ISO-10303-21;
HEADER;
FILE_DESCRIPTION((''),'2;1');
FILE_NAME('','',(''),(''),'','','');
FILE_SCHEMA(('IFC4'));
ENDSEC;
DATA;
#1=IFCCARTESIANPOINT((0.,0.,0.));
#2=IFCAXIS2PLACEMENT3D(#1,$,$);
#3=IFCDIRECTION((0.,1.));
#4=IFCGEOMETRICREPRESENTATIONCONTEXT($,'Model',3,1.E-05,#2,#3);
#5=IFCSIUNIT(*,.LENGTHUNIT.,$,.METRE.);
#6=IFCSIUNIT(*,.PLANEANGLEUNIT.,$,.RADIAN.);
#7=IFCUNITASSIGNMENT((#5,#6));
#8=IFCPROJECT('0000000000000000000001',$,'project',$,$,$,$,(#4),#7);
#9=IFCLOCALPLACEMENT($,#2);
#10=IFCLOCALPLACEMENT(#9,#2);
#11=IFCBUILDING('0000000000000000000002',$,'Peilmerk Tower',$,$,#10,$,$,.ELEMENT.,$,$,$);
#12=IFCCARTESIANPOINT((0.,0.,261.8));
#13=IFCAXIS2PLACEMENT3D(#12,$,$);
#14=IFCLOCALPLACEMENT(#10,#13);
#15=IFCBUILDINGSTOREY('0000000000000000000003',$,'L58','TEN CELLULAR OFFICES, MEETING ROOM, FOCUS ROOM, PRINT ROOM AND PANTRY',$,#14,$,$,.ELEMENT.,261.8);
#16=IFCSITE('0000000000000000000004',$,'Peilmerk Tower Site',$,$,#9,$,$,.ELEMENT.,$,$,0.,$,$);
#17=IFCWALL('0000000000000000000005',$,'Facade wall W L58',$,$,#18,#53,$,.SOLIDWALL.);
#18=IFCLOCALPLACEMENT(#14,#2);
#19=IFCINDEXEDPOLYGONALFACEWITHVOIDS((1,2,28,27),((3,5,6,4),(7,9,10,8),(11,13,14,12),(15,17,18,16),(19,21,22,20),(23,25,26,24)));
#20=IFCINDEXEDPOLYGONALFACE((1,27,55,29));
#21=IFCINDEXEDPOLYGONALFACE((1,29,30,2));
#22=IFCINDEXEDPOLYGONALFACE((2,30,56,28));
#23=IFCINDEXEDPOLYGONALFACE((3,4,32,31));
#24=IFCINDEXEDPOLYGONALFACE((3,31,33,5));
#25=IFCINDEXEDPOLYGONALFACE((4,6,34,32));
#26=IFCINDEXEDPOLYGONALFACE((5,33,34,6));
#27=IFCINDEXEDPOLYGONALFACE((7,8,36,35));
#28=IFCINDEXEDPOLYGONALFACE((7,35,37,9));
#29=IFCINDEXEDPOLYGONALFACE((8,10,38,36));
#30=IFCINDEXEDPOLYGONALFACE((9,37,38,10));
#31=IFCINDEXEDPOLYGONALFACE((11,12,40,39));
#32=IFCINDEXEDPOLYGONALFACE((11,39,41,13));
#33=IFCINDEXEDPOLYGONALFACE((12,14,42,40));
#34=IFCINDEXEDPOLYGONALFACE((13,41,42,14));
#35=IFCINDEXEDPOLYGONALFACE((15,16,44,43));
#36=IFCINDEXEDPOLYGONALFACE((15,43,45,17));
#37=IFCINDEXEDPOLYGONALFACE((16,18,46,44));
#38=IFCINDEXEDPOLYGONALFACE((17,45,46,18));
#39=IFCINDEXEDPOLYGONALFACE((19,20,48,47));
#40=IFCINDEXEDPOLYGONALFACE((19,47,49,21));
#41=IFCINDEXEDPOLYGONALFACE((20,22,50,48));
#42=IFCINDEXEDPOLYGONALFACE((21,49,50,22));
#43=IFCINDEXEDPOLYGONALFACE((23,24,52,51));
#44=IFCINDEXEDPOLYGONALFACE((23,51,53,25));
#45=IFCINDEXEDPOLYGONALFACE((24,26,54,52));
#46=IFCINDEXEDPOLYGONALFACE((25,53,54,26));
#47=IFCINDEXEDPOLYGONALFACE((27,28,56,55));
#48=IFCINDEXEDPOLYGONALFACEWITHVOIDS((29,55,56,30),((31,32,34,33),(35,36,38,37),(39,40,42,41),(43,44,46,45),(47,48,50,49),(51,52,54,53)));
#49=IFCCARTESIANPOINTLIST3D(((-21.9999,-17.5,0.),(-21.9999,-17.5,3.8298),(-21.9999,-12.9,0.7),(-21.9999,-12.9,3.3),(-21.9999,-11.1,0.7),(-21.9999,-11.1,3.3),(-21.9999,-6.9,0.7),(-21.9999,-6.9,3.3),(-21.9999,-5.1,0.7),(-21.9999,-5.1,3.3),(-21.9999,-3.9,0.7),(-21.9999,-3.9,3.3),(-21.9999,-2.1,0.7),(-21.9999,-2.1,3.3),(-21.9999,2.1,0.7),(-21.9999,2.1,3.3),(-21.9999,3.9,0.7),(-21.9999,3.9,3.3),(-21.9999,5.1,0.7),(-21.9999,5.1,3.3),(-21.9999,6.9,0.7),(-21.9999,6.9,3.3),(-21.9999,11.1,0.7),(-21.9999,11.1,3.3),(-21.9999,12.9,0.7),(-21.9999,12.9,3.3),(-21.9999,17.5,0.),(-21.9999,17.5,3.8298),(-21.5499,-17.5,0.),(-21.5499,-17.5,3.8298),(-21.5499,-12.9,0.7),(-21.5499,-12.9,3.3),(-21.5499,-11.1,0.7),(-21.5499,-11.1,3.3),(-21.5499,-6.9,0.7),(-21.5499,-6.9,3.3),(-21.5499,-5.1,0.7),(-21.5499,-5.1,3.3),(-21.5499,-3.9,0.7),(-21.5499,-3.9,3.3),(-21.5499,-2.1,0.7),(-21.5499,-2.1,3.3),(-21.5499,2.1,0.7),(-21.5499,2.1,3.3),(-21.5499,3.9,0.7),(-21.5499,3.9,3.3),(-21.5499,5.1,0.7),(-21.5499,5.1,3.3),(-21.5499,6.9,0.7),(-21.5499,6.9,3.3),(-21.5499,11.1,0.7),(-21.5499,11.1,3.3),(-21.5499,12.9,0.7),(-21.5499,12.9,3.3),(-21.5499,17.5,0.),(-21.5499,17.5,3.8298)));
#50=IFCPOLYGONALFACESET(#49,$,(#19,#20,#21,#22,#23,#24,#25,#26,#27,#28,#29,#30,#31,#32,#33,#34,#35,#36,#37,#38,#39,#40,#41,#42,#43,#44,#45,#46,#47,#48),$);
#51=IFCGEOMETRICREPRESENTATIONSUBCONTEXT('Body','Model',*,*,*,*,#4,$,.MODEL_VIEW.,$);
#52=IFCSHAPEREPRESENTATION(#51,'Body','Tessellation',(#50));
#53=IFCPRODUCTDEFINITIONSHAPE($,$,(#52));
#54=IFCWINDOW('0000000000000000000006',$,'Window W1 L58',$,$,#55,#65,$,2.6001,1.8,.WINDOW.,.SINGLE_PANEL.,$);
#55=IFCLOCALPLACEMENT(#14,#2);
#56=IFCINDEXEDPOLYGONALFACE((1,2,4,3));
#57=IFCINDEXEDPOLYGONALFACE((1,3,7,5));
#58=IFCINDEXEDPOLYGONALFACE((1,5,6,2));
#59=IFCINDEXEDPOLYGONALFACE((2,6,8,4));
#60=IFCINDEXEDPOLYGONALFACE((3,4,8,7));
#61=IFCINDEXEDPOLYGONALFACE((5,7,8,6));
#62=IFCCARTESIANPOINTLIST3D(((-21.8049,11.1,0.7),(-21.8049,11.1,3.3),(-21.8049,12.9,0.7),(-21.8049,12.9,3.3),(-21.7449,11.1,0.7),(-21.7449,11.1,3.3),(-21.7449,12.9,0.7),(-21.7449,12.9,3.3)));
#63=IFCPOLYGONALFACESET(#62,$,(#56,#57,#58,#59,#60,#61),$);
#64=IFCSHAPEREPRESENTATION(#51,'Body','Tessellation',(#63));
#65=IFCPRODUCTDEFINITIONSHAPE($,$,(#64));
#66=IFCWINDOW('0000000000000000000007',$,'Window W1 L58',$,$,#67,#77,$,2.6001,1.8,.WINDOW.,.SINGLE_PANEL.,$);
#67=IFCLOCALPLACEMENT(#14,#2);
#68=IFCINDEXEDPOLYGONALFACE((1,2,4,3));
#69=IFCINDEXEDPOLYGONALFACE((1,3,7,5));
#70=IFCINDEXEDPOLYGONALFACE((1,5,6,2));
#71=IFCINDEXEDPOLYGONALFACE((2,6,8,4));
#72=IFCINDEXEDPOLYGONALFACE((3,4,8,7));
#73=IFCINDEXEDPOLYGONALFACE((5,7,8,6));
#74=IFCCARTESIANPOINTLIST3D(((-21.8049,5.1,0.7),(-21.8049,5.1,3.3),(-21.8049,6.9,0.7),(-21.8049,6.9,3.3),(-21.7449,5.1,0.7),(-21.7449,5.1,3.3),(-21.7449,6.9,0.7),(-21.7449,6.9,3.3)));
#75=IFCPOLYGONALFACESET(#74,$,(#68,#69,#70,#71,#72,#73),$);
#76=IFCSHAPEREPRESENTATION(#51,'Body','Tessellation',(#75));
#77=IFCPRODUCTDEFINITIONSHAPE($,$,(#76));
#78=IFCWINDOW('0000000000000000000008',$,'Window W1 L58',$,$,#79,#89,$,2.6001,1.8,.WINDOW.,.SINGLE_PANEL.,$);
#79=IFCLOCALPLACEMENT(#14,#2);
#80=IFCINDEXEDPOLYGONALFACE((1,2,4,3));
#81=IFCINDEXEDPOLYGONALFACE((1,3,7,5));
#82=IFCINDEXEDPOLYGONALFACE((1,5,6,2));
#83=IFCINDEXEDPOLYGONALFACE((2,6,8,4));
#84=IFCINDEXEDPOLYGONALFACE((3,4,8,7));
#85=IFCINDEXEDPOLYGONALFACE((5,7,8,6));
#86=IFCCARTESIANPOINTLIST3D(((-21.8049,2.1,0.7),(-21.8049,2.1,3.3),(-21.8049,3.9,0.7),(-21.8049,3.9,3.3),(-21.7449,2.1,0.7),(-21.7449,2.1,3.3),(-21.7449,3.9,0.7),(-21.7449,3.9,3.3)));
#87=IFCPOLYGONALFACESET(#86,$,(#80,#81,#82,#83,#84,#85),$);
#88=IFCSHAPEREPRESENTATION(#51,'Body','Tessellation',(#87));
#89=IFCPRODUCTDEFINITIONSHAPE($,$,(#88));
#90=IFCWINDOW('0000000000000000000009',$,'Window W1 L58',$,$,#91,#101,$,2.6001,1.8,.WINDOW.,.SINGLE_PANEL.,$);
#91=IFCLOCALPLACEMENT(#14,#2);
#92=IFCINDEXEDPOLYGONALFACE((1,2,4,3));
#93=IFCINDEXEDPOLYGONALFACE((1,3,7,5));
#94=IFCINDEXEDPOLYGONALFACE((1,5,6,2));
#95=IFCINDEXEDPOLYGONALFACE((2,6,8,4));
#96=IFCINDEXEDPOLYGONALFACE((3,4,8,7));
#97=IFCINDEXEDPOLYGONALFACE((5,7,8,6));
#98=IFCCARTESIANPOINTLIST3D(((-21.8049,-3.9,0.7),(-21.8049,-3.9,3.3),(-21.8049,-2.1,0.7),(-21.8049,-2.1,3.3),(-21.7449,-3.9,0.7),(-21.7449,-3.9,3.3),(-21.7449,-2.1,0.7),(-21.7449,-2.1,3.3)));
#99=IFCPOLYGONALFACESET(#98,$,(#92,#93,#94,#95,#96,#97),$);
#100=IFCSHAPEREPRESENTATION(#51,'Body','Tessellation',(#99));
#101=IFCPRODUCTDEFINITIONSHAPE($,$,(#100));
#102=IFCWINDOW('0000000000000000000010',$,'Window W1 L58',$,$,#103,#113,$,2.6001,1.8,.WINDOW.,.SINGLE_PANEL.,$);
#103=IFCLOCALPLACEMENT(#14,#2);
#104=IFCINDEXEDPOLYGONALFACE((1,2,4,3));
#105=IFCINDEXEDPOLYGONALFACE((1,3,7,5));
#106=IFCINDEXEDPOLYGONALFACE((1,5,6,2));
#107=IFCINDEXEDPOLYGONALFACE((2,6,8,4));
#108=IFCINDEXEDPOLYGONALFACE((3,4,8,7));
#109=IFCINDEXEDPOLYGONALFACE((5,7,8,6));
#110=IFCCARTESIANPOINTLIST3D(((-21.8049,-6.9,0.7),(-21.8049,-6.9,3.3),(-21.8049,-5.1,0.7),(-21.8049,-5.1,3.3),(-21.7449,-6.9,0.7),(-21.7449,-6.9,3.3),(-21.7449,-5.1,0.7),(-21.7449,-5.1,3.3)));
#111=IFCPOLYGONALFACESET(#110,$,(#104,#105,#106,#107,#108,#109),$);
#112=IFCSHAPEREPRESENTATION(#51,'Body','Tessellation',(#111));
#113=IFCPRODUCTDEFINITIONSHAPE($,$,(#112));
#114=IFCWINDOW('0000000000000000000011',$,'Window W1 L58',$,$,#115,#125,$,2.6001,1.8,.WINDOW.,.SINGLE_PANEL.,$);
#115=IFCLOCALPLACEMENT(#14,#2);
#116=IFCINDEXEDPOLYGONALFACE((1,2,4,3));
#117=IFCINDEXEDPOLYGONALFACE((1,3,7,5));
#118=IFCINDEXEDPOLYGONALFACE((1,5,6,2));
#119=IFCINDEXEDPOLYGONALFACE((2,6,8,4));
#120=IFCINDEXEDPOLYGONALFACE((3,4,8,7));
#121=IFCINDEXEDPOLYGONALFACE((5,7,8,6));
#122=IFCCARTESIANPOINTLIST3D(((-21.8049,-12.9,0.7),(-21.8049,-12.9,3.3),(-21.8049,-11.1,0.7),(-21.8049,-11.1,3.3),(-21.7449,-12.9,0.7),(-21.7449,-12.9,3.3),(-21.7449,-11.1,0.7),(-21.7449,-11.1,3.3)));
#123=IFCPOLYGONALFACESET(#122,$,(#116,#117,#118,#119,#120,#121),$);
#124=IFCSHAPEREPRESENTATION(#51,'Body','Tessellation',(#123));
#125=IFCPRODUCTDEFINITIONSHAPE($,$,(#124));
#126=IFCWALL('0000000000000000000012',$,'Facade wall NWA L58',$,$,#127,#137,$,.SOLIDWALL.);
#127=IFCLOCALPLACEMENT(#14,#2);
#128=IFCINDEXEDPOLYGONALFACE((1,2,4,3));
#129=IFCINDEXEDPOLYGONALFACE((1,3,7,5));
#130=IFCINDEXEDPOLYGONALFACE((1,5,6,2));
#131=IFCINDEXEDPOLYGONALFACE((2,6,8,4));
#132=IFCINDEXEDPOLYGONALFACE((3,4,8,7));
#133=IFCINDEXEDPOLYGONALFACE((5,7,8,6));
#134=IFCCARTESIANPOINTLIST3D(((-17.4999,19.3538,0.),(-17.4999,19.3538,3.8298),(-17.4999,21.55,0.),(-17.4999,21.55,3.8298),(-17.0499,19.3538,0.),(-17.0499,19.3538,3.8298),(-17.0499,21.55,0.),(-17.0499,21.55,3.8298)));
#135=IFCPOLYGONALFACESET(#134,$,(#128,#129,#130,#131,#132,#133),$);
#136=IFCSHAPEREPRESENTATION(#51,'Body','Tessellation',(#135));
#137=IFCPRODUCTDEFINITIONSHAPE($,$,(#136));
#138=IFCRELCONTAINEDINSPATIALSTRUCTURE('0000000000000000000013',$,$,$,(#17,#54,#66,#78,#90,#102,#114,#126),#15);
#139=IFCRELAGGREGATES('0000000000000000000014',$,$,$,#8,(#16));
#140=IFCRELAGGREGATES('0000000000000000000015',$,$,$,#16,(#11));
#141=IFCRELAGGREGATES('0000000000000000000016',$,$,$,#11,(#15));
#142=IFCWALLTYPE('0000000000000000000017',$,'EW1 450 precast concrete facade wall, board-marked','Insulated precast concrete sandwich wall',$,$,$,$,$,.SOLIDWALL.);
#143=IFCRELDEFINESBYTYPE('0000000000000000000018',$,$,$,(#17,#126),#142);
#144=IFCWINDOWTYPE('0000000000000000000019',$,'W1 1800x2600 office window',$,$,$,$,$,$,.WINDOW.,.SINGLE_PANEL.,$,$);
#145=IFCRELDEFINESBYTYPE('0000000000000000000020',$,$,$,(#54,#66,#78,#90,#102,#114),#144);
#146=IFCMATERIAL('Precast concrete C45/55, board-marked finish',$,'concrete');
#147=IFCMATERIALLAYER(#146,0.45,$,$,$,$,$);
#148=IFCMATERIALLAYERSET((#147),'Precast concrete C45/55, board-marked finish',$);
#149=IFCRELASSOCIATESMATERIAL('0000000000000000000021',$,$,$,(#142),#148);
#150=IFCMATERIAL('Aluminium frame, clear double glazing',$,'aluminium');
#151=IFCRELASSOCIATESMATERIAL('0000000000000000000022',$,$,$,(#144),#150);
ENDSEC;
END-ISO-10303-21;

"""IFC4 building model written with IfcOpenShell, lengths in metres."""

from ifc_helpers import new_model, si_unit, direction, frame, frame_2d, origin, place, context, subcontext, project, spatial, rectangle, extrude, material, layer, layer_set, type_object, element, fill, save


model = new_model("IFC4")

# Units and contexts
model_context = context("Model", 3, precision=1e-05, world=origin(), true_north=direction((0.0, 1.0)))
body_context = subcontext(model_context, "Body", "Model", "MODEL_VIEW")
ifc_project = project(units=[si_unit("LENGTHUNIT", "METRE"), si_unit("PLANEANGLEUNIT", "RADIAN")], contexts=[model_context])

# Site, building, storey
site_placement = place(None, origin())
site = spatial("IfcSite", under=ifc_project, at=site_placement, Name="Peilmerk Tower Site", CompositionType="ELEMENT", RefElevation=0.0)
building_placement = place(site_placement, origin())
building = spatial("IfcBuilding", under=site, at=building_placement, Name="Peilmerk Tower", CompositionType="ELEMENT")
storey_placement = place(building_placement, frame((0.0, 0.0, 261.8)))
storey = spatial("IfcBuildingStorey", under=building, at=storey_placement, Name="L58", Description="TEN CELLULAR OFFICES, MEETING ROOM, FOCUS ROOM, PRINT ROOM AND PANTRY", CompositionType="ELEMENT", Elevation=261.8)

# Wall, openings, windows
ifc_material_1 = material(Name="Precast concrete C45/55, board-marked finish", Category="concrete")
ifc_layer_1 = layer(ifc_material_1, 0.45)
ifc_layer_set_1 = layer_set([ifc_layer_1], Name="Precast concrete C45/55, board-marked finish")
wall_type = type_object("IfcWallType", Name="EW1 450 precast concrete facade wall, board-marked", Description="Insulated precast concrete sandwich wall", PredefinedType="SOLIDWALL", material=ifc_layer_set_1)
wall_1_placement = place(storey_placement, frame((-21.7749, 17.5, 0.0), z_axis=(0.0, 0.0, 1.0), x_axis=(0.0, -1.0, 0.0)))
wall_1 = element("IfcWall", 1, at=wall_1_placement, inside=storey, type_object=wall_type, Name="Facade wall W L58", PredefinedType="SOLIDWALL", context=body_context, shape_type="SweptSolid", body=[
    extrude(rectangle(XDim=35.0, YDim=0.45, at=frame_2d((17.5, 0.0))), origin(), (0.0, 0.0, 1.0), 3.8298),
])
opening_1_placement = place(wall_1_placement, frame((4.6001, 0.0, 0.7)))
opening_1 = element("IfcOpeningElement", 2, at=opening_1_placement, cuts=wall_1, PredefinedType="OPENING", context=body_context, shape_type="SweptSolid", body=[
    extrude(rectangle(XDim=1.8, YDim=2.6001, at=frame_2d((0.8999, 1.3))), frame((0.0, 0.2349, 0.0), z_axis=(0.0, -1.0, 0.0), x_axis=(1.0, 0.0, 0.0)), (0.0, 0.0, 1.0), 0.47),
])
opening_2_placement = place(wall_1_placement, frame((10.6001, 0.0, 0.7)))
opening_2 = element("IfcOpeningElement", 3, at=opening_2_placement, cuts=wall_1, PredefinedType="OPENING", context=body_context, shape_type="SweptSolid", body=[
    extrude(rectangle(XDim=1.8, YDim=2.6001, at=frame_2d((0.8999, 1.3))), frame((0.0, 0.2349, 0.0), z_axis=(0.0, -1.0, 0.0), x_axis=(1.0, 0.0, 0.0)), (0.0, 0.0, 1.0), 0.47),
])
opening_3_placement = place(wall_1_placement, frame((13.6001, 0.0, 0.7)))
opening_3 = element("IfcOpeningElement", 4, at=opening_3_placement, cuts=wall_1, PredefinedType="OPENING", context=body_context, shape_type="SweptSolid", body=[
    extrude(rectangle(XDim=1.8, YDim=2.6001, at=frame_2d((0.8999, 1.3))), frame((0.0, 0.2349, 0.0), z_axis=(0.0, -1.0, 0.0), x_axis=(1.0, 0.0, 0.0)), (0.0, 0.0, 1.0), 0.47),
])
opening_4_placement = place(wall_1_placement, frame((19.6001, 0.0, 0.7)))
opening_4 = element("IfcOpeningElement", 5, at=opening_4_placement, cuts=wall_1, PredefinedType="OPENING", context=body_context, shape_type="SweptSolid", body=[
    extrude(rectangle(XDim=1.8, YDim=2.6001, at=frame_2d((0.8999, 1.3))), frame((0.0, 0.2349, 0.0), z_axis=(0.0, -1.0, 0.0), x_axis=(1.0, 0.0, 0.0)), (0.0, 0.0, 1.0), 0.47),
])
opening_5_placement = place(wall_1_placement, frame((22.6001, 0.0, 0.7)))
opening_5 = element("IfcOpeningElement", 6, at=opening_5_placement, cuts=wall_1, PredefinedType="OPENING", context=body_context, shape_type="SweptSolid", body=[
    extrude(rectangle(XDim=1.8, YDim=2.6001, at=frame_2d((0.8999, 1.3))), frame((0.0, 0.2349, 0.0), z_axis=(0.0, -1.0, 0.0), x_axis=(1.0, 0.0, 0.0)), (0.0, 0.0, 1.0), 0.47),
])
opening_6_placement = place(wall_1_placement, frame((28.6001, 0.0, 0.7)))
opening_6 = element("IfcOpeningElement", 7, at=opening_6_placement, cuts=wall_1, PredefinedType="OPENING", context=body_context, shape_type="SweptSolid", body=[
    extrude(rectangle(XDim=1.8, YDim=2.6001, at=frame_2d((0.8999, 1.3))), frame((0.0, 0.2349, 0.0), z_axis=(0.0, -1.0, 0.0), x_axis=(1.0, 0.0, 0.0)), (0.0, 0.0, 1.0), 0.47),
])
ifc_material_2 = material(Name="Aluminium frame, clear double glazing", Category="aluminium")
window_type = type_object("IfcWindowType", Name="W1 1800x2600 office window", PartitioningType="SINGLE_PANEL", PredefinedType="WINDOW", material=ifc_material_2)
window_1_placement = place(opening_1_placement, origin())
window_1 = element("IfcWindow", 8, at=window_1_placement, inside=storey, type_object=window_type, Name="Window W1 L58", OverallHeight=2.6001, OverallWidth=1.8, PartitioningType="SINGLE_PANEL", PredefinedType="WINDOW", context=body_context, shape_type="SweptSolid", body=[
    extrude(rectangle(XDim=1.8, YDim=2.6001, at=frame_2d((0.8999, 1.3))), frame((0.0, 0.03, 0.0), z_axis=(0.0, -1.0, 0.0), x_axis=(1.0, 0.0, 0.0)), (0.0, 0.0, 1.0), 0.0601),
])
fill(opening_1, window_1)
window_2_placement = place(opening_2_placement, origin())
window_2 = element("IfcWindow", 9, at=window_2_placement, inside=storey, type_object=window_type, Name="Window W1 L58", OverallHeight=2.6001, OverallWidth=1.8, PartitioningType="SINGLE_PANEL", PredefinedType="WINDOW", context=body_context, shape_type="SweptSolid", body=[
    extrude(rectangle(XDim=1.8, YDim=2.6001, at=frame_2d((0.8999, 1.3))), frame((0.0, 0.03, 0.0), z_axis=(0.0, -1.0, 0.0), x_axis=(1.0, 0.0, 0.0)), (0.0, 0.0, 1.0), 0.0601),
])
fill(opening_2, window_2)
window_3_placement = place(opening_3_placement, origin())
window_3 = element("IfcWindow", 10, at=window_3_placement, inside=storey, type_object=window_type, Name="Window W1 L58", OverallHeight=2.6001, OverallWidth=1.8, PartitioningType="SINGLE_PANEL", PredefinedType="WINDOW", context=body_context, shape_type="SweptSolid", body=[
    extrude(rectangle(XDim=1.8, YDim=2.6001, at=frame_2d((0.8999, 1.3))), frame((0.0, 0.03, 0.0), z_axis=(0.0, -1.0, 0.0), x_axis=(1.0, 0.0, 0.0)), (0.0, 0.0, 1.0), 0.0601),
])
fill(opening_3, window_3)
window_4_placement = place(opening_4_placement, origin())
window_4 = element("IfcWindow", 11, at=window_4_placement, inside=storey, type_object=window_type, Name="Window W1 L58", OverallHeight=2.6001, OverallWidth=1.8, PartitioningType="SINGLE_PANEL", PredefinedType="WINDOW", context=body_context, shape_type="SweptSolid", body=[
    extrude(rectangle(XDim=1.8, YDim=2.6001, at=frame_2d((0.8999, 1.3))), frame((0.0, 0.03, 0.0), z_axis=(0.0, -1.0, 0.0), x_axis=(1.0, 0.0, 0.0)), (0.0, 0.0, 1.0), 0.0601),
])
fill(opening_4, window_4)
window_5_placement = place(opening_5_placement, origin())
window_5 = element("IfcWindow", 12, at=window_5_placement, inside=storey, type_object=window_type, Name="Window W1 L58", OverallHeight=2.6001, OverallWidth=1.8, PartitioningType="SINGLE_PANEL", PredefinedType="WINDOW", context=body_context, shape_type="SweptSolid", body=[
    extrude(rectangle(XDim=1.8, YDim=2.6001, at=frame_2d((0.8999, 1.3))), frame((0.0, 0.03, 0.0), z_axis=(0.0, -1.0, 0.0), x_axis=(1.0, 0.0, 0.0)), (0.0, 0.0, 1.0), 0.0601),
])
fill(opening_5, window_5)
window_6_placement = place(opening_6_placement, origin())
window_6 = element("IfcWindow", 13, at=window_6_placement, inside=storey, type_object=window_type, Name="Window W1 L58", OverallHeight=2.6001, OverallWidth=1.8, PartitioningType="SINGLE_PANEL", PredefinedType="WINDOW", context=body_context, shape_type="SweptSolid", body=[
    extrude(rectangle(XDim=1.8, YDim=2.6001, at=frame_2d((0.8999, 1.3))), frame((0.0, 0.03, 0.0), z_axis=(0.0, -1.0, 0.0), x_axis=(1.0, 0.0, 0.0)), (0.0, 0.0, 1.0), 0.0601),
])
fill(opening_6, window_6)

# Wall
wall_2_placement = place(storey_placement, frame((-17.2749, 19.3538, 0.0), z_axis=(0.0, 0.0, 1.0), x_axis=(0.0, 1.0, 0.0)))
element("IfcWall", 14, at=wall_2_placement, inside=storey, type_object=wall_type, Name="Facade wall NWA L58", PredefinedType="SOLIDWALL", context=body_context, shape_type="SweptSolid", body=[
    extrude(rectangle(XDim=2.1963, YDim=0.45, at=frame_2d((1.0981, 0.0))), origin(), (0.0, 0.0, 1.0), 3.8298),
])

save(model, "model.ifc")
